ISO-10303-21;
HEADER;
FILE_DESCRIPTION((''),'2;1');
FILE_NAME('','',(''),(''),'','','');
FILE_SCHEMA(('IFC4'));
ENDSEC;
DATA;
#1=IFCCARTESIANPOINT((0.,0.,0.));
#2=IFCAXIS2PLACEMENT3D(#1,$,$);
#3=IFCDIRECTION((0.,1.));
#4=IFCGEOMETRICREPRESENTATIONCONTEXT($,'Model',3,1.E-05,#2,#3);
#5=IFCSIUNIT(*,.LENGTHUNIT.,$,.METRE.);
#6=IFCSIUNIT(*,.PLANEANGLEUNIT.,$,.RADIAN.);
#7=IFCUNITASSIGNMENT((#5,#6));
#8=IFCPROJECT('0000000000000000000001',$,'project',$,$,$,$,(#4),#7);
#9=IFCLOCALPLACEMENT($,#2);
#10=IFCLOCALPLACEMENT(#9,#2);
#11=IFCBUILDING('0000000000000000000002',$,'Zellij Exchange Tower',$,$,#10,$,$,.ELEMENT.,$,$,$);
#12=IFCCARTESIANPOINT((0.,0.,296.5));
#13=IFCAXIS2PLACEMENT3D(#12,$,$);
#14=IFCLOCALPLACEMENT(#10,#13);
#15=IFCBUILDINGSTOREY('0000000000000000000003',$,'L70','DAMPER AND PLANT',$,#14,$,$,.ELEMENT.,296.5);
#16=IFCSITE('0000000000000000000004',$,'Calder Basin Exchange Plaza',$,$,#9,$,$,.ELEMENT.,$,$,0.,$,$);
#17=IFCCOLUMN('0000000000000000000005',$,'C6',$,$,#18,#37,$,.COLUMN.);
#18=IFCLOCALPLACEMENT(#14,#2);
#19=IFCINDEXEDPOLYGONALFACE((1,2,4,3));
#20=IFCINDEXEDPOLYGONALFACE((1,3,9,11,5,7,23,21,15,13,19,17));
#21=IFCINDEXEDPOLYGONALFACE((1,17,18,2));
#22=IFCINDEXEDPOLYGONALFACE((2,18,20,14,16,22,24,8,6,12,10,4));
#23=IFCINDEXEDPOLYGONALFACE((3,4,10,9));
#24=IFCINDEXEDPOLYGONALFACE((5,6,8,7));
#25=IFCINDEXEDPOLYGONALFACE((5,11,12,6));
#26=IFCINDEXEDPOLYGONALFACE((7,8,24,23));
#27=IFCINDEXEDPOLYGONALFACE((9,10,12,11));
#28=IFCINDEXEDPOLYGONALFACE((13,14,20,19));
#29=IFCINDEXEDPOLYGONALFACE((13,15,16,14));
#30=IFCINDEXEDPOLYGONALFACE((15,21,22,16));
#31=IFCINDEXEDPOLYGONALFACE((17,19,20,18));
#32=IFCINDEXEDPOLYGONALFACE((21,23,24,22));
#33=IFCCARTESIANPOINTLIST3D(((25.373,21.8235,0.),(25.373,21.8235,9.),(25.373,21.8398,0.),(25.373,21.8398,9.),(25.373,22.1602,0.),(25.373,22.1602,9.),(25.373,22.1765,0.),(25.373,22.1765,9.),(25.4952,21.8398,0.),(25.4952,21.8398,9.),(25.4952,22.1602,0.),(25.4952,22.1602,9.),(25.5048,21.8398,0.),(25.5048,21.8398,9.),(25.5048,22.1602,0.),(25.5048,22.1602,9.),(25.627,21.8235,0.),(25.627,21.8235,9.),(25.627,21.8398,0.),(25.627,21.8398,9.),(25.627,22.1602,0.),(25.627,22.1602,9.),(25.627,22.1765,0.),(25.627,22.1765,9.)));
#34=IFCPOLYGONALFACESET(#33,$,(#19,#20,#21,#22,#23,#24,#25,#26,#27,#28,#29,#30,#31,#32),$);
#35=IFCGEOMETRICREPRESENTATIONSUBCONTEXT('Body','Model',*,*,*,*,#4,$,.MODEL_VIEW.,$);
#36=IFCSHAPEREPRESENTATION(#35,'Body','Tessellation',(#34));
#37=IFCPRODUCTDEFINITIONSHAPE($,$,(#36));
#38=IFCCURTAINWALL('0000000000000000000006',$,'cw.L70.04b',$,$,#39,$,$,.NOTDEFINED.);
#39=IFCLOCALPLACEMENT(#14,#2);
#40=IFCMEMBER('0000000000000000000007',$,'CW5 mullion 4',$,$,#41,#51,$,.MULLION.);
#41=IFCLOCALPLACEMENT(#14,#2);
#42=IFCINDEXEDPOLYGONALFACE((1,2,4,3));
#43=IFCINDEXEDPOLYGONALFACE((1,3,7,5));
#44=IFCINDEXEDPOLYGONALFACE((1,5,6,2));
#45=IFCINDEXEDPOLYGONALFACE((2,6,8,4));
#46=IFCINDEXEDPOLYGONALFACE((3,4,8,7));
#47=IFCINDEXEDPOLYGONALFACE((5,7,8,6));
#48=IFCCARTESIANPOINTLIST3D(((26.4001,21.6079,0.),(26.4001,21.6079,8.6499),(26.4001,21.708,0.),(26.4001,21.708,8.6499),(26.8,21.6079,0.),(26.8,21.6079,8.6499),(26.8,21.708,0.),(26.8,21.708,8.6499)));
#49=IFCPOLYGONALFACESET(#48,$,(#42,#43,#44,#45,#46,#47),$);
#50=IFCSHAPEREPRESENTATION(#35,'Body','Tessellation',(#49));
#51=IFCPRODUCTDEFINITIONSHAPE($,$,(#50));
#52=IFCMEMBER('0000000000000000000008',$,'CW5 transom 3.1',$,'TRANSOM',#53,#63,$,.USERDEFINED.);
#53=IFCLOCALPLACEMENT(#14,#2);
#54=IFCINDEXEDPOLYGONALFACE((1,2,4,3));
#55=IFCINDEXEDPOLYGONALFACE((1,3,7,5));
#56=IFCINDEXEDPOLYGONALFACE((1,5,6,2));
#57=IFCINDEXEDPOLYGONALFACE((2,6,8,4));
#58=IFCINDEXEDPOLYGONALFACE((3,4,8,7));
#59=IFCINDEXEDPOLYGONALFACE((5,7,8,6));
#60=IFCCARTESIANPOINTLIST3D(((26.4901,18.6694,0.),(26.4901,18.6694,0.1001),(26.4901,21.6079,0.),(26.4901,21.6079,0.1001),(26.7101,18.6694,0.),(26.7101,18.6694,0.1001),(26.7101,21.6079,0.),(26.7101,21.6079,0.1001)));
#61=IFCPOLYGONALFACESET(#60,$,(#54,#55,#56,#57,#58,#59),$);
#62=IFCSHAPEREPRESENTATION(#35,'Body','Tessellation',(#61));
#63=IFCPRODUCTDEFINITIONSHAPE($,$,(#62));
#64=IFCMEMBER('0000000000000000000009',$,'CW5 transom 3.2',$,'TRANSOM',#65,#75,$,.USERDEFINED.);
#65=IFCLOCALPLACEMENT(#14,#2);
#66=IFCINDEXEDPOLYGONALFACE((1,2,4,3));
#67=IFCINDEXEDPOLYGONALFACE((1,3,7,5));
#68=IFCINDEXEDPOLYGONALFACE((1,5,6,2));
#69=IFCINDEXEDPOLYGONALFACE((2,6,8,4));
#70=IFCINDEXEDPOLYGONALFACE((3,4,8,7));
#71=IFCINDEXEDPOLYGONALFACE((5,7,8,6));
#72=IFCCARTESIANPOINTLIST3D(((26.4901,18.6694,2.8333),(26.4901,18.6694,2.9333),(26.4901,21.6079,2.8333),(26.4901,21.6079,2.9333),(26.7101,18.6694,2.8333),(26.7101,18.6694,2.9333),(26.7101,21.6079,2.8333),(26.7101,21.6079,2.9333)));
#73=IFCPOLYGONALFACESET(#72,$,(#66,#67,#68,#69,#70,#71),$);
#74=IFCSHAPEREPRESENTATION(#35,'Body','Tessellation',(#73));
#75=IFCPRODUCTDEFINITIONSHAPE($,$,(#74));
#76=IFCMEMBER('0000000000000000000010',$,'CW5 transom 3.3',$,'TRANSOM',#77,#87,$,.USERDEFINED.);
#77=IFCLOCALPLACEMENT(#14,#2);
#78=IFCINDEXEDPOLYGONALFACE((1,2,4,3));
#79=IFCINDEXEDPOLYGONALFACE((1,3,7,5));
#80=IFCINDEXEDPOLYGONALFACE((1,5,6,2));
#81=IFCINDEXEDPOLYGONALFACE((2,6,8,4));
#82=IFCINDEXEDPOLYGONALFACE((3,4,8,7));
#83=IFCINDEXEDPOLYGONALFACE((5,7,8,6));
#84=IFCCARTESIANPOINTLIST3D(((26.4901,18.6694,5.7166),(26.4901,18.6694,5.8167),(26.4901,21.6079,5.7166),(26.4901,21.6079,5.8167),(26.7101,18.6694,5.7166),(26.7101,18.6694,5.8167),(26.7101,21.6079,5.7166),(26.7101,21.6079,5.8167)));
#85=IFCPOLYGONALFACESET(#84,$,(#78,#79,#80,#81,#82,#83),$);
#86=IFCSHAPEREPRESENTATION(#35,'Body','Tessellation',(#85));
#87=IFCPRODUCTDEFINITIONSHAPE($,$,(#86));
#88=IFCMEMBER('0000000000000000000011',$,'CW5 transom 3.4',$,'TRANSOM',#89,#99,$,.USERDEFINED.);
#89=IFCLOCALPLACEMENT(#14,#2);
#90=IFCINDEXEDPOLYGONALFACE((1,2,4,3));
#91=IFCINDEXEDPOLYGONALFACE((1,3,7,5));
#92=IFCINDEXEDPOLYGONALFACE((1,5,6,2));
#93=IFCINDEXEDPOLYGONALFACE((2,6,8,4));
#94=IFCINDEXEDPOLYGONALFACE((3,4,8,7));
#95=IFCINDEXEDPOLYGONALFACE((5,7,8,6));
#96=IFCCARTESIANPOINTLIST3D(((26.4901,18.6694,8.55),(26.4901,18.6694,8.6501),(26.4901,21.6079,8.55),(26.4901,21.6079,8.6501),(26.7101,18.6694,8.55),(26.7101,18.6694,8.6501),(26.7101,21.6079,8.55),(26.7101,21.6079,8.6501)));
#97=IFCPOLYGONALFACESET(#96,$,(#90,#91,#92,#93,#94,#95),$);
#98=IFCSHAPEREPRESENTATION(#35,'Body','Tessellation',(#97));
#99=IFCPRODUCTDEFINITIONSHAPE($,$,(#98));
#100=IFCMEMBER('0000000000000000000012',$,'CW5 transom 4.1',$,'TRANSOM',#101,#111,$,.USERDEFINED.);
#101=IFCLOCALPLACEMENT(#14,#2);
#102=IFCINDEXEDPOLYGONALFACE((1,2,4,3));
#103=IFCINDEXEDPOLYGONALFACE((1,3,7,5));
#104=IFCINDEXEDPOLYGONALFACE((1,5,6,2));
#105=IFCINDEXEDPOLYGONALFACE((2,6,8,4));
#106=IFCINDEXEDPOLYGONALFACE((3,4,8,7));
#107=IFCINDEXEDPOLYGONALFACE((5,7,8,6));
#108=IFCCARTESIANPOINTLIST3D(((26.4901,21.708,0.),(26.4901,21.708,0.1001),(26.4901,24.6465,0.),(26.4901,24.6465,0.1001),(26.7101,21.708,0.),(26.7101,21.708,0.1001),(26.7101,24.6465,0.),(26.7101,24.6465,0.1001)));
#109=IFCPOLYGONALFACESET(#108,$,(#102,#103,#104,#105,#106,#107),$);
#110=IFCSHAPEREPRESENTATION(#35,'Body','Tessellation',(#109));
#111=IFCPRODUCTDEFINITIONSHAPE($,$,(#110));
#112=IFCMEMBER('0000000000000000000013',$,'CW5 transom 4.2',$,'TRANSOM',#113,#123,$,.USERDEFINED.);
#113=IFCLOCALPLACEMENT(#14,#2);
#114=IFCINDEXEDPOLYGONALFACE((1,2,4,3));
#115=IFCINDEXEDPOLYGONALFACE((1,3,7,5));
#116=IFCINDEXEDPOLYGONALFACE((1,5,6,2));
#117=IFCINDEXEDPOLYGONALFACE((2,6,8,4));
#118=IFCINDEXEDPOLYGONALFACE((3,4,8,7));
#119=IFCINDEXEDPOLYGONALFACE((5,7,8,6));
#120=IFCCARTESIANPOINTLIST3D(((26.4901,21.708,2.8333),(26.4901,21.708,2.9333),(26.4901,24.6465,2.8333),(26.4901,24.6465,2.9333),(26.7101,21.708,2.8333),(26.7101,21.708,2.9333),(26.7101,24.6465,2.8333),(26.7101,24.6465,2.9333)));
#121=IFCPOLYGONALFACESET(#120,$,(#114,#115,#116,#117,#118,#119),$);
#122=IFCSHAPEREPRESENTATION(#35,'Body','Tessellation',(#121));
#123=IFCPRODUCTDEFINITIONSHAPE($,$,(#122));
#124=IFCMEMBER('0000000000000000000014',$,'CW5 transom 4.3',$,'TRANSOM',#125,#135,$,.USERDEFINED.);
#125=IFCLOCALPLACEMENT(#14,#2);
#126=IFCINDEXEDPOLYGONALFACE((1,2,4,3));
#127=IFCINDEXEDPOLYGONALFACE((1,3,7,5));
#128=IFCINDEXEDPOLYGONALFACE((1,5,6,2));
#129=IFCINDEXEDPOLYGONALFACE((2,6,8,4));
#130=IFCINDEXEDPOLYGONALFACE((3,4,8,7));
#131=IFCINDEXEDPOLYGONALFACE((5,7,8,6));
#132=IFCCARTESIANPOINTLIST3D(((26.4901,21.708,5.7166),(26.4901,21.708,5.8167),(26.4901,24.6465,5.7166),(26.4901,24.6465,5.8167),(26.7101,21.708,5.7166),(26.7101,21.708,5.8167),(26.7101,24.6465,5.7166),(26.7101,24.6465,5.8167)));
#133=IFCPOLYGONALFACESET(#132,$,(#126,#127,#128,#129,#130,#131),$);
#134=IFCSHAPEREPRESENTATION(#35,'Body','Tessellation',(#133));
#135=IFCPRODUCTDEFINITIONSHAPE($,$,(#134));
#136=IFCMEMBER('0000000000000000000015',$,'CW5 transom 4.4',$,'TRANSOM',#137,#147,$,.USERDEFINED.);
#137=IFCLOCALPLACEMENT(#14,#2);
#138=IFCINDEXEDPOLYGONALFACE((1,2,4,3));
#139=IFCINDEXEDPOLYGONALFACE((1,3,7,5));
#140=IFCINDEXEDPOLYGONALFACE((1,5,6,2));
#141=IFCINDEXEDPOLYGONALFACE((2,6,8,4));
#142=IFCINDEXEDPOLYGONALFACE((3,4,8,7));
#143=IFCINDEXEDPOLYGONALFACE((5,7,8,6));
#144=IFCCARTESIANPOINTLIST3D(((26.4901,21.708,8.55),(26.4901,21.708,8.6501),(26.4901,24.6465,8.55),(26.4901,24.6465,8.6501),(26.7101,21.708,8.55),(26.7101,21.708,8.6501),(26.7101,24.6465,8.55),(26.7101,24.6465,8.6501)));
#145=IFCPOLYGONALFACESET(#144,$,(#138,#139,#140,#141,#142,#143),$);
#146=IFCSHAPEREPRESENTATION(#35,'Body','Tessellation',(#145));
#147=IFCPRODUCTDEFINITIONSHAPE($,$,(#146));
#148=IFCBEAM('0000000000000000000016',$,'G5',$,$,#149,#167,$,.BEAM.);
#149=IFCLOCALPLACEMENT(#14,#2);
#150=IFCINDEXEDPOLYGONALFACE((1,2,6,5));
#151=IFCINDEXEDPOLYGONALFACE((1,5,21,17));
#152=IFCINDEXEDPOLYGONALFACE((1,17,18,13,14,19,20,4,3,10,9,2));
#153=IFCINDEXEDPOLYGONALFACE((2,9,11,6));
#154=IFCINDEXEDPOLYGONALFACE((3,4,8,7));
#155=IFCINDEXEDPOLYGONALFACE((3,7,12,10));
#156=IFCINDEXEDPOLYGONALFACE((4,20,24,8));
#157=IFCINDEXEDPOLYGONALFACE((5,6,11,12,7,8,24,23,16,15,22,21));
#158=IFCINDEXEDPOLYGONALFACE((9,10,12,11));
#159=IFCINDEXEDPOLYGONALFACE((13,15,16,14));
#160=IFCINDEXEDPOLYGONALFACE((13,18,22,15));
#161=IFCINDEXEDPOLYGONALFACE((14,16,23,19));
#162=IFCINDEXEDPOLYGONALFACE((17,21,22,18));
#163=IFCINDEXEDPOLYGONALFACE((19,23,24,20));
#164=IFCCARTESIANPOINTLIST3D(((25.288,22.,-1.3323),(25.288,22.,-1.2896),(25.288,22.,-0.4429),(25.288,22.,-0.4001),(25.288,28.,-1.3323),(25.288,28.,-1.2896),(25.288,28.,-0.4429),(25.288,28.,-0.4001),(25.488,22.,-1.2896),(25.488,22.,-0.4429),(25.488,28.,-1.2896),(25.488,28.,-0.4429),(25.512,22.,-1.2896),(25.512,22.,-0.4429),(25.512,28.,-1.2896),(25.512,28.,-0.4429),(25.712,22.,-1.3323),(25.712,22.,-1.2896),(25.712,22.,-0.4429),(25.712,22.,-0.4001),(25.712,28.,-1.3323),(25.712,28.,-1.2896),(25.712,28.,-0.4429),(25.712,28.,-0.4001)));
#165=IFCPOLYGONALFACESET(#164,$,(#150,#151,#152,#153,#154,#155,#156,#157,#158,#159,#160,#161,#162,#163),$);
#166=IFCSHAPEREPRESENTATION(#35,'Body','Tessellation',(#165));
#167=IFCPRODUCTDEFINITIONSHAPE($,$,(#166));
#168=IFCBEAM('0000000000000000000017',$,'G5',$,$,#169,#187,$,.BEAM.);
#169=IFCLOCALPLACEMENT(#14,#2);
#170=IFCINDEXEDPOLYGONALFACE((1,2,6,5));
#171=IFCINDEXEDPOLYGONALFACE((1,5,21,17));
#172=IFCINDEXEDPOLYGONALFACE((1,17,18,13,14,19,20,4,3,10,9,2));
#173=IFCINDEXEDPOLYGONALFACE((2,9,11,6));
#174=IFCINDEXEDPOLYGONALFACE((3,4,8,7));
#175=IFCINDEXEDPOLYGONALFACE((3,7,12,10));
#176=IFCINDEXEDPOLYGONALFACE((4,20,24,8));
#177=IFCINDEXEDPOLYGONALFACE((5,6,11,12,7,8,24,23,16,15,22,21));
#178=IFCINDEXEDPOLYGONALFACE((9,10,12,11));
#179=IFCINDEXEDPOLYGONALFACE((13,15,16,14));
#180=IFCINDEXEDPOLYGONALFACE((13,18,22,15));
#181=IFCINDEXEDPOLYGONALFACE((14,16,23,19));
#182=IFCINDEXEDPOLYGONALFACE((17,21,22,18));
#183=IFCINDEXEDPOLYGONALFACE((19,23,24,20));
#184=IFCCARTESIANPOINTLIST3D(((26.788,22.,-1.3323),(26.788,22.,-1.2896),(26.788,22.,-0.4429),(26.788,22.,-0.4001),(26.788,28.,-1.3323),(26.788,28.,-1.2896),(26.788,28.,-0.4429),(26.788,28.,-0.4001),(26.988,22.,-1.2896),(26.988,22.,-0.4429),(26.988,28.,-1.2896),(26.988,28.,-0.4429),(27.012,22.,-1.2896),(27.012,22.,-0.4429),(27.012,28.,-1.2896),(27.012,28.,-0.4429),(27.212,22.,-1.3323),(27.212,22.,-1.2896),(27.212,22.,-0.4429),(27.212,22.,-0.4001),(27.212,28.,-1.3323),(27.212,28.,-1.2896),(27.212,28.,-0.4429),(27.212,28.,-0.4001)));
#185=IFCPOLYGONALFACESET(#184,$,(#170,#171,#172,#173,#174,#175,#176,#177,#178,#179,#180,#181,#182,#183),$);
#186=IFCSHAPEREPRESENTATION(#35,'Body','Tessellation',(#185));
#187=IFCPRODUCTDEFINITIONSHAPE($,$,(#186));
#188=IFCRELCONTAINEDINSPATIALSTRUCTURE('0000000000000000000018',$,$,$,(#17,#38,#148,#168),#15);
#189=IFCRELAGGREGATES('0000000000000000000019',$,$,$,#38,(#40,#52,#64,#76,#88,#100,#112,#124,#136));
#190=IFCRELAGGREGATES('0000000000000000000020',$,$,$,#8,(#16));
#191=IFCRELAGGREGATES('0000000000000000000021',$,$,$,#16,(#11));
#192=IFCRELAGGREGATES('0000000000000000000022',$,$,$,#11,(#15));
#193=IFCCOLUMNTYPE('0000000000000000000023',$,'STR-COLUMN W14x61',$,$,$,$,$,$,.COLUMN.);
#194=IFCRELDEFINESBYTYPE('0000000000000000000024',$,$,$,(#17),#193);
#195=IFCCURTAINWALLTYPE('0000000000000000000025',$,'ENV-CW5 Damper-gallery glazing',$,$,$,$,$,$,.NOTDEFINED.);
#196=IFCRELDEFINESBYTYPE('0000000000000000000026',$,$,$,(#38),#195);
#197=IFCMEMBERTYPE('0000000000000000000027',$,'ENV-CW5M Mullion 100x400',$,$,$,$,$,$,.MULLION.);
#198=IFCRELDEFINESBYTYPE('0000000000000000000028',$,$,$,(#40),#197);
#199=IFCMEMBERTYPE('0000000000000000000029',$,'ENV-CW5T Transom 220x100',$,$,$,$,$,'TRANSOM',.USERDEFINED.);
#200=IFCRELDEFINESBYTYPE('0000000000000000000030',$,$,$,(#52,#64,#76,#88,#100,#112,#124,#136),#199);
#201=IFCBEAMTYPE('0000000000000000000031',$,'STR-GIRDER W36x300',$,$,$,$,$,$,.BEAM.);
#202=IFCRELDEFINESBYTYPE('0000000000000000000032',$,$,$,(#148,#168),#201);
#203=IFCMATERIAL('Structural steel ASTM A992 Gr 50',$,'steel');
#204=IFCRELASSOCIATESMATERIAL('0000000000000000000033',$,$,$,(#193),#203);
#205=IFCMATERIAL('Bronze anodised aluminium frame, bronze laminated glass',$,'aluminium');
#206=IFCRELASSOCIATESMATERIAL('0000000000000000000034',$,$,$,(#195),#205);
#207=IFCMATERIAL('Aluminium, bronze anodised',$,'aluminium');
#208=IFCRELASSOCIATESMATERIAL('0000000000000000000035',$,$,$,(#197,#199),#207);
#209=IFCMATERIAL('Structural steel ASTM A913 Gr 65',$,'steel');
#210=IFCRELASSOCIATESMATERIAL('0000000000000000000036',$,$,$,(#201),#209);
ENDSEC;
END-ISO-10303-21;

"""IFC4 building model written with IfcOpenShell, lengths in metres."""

from ifc_helpers import new_model, si_unit, direction, frame, origin, origin_2d, place, context, subcontext, project, spatial, rectangle, i_section, extrude, material, material_profile, profile_set, type_object, element, aggregate, save


model = new_model("IFC4")

# Units and contexts
model_context = context("Model", 3, precision=1e-05, world=origin(), true_north=direction((0.0, 1.0)))
body_context = subcontext(model_context, "Body", "Model", "MODEL_VIEW")
ifc_project = project(units=[si_unit("LENGTHUNIT", "METRE"), si_unit("PLANEANGLEUNIT", "RADIAN")], contexts=[model_context])

# Site, building, storey
site_placement = place(None, origin())
site = spatial("IfcSite", under=ifc_project, at=site_placement, Name="Calder Basin Exchange Plaza", CompositionType="ELEMENT", RefElevation=0.0)
building_placement = place(site_placement, origin())
building = spatial("IfcBuilding", under=site, at=building_placement, Name="Zellij Exchange Tower", CompositionType="ELEMENT")
storey_placement = place(building_placement, frame((0.0, 0.0, 296.5)))
storey = spatial("IfcBuildingStorey", under=building, at=storey_placement, Name="L70", Description="DAMPER AND PLANT", CompositionType="ELEMENT", Elevation=296.5)

# Column
ifc_material_1 = material(Name="Structural steel ASTM A992 Gr 50", Category="steel")
ifc_material_profile_1 = material_profile(ifc_material_1, i_section(OverallWidth=0.2539, OverallDepth=0.353, WebThickness=0.0095, FlangeThickness=0.0164, at=origin_2d()), Name="W14x61")
ifc_profile_set_1 = profile_set([ifc_material_profile_1], Name="Structural steel ASTM A992 Gr 50")
column_type = type_object("IfcColumnType", Name="STR-COLUMN W14x61", PredefinedType="COLUMN", material=ifc_profile_set_1)
column_placement = place(storey_placement, frame((25.5, 22.0, 0.0), z_axis=(0.0, 0.0, 1.0), x_axis=(1.0, 0.0, 0.0)))
element("IfcColumn", 1, at=column_placement, inside=storey, type_object=column_type, Name="C6", PredefinedType="COLUMN", context=body_context, shape_type="SweptSolid", body=[
    extrude(i_section(OverallWidth=0.2539, OverallDepth=0.353, WebThickness=0.0095, FlangeThickness=0.0164, at=origin_2d()), origin(), (0.0, 0.0, 1.0), 9.0),
])

# Curtain wall, members
ifc_material_2 = material(Name="Bronze anodised aluminium frame, bronze laminated glass", Category="aluminium")
curtain_wall_type = type_object("IfcCurtainWallType", Name="ENV-CW5 Damper-gallery glazing", PredefinedType="NOTDEFINED", material=ifc_material_2)
curtain_wall_placement = place(storey_placement, origin())
curtain_wall = element("IfcCurtainWall", 2, at=curtain_wall_placement, inside=storey, type_object=curtain_wall_type, Name="cw.L70.04b", PredefinedType="NOTDEFINED")
ifc_material_3 = material(Name="Aluminium, bronze anodised", Category="aluminium")
ifc_material_profile_2 = material_profile(ifc_material_3, rectangle(XDim=0.1001, YDim=0.3999, at=origin_2d()), Name="AL 100x400")
ifc_profile_set_2 = profile_set([ifc_material_profile_2], Name="Aluminium, bronze anodised")
member_type_1 = type_object("IfcMemberType", Name="ENV-CW5M Mullion 100x400", PredefinedType="MULLION", material=ifc_profile_set_2)
member_1_placement = place(storey_placement, frame((26.6001, 21.658, 0.0), z_axis=(0.0, 0.0, 1.0), x_axis=(0.0, 1.0, 0.0)))
member_1 = element("IfcMember", 3, at=member_1_placement, type_object=member_type_1, Name="CW5 mullion 4", PredefinedType="MULLION", context=body_context, shape_type="SweptSolid", body=[
    extrude(rectangle(XDim=0.1001, YDim=0.3999, at=origin_2d()), origin(), (0.0, 0.0, 1.0), 8.6499),
])
ifc_material_profile_3 = material_profile(ifc_material_3, rectangle(XDim=0.22, YDim=0.1001, at=origin_2d()), Name="AL 220x100")
ifc_profile_set_3 = profile_set([ifc_material_profile_3], Name="Aluminium, bronze anodised")
member_type_2 = type_object("IfcMemberType", Name="ENV-CW5T Transom 220x100", ElementType="TRANSOM", PredefinedType="USERDEFINED", material=ifc_profile_set_3)
member_2_placement = place(storey_placement, frame((26.6001, 18.6694, 0.05), z_axis=(0.0, 1.0, 0.0), x_axis=(-1.0, 0.0, 0.0)))
member_2 = element("IfcMember", 4, at=member_2_placement, type_object=member_type_2, Name="CW5 transom 3.1", ObjectType="TRANSOM", PredefinedType="USERDEFINED", context=body_context, shape_type="SweptSolid", body=[
    extrude(rectangle(XDim=0.22, YDim=0.1001, at=origin_2d()), origin(), (0.0, 0.0, 1.0), 2.9385),
])
member_3_placement = place(storey_placement, frame((26.6001, 18.6694, 2.8833), z_axis=(0.0, 1.0, 0.0), x_axis=(-1.0, 0.0, 0.0)))
member_3 = element("IfcMember", 5, at=member_3_placement, type_object=member_type_2, Name="CW5 transom 3.2", ObjectType="TRANSOM", PredefinedType="USERDEFINED", context=body_context, shape_type="SweptSolid", body=[
    extrude(rectangle(XDim=0.22, YDim=0.1001, at=origin_2d()), origin(), (0.0, 0.0, 1.0), 2.9385),
])
member_4_placement = place(storey_placement, frame((26.6001, 18.6694, 5.7666), z_axis=(0.0, 1.0, 0.0), x_axis=(-1.0, 0.0, 0.0)))
member_4 = element("IfcMember", 6, at=member_4_placement, type_object=member_type_2, Name="CW5 transom 3.3", ObjectType="TRANSOM", PredefinedType="USERDEFINED", context=body_context, shape_type="SweptSolid", body=[
    extrude(rectangle(XDim=0.22, YDim=0.1001, at=origin_2d()), origin(), (0.0, 0.0, 1.0), 2.9385),
])
member_5_placement = place(storey_placement, frame((26.6001, 18.6694, 8.6001), z_axis=(0.0, 1.0, 0.0), x_axis=(-1.0, 0.0, 0.0)))
member_5 = element("IfcMember", 7, at=member_5_placement, type_object=member_type_2, Name="CW5 transom 3.4", ObjectType="TRANSOM", PredefinedType="USERDEFINED", context=body_context, shape_type="SweptSolid", body=[
    extrude(rectangle(XDim=0.22, YDim=0.1001, at=origin_2d()), origin(), (0.0, 0.0, 1.0), 2.9385),
])
member_6_placement = place(storey_placement, frame((26.6001, 21.708, 0.05), z_axis=(0.0, 1.0, 0.0), x_axis=(-1.0, 0.0, 0.0)))
member_6 = element("IfcMember", 8, at=member_6_placement, type_object=member_type_2, Name="CW5 transom 4.1", ObjectType="TRANSOM", PredefinedType="USERDEFINED", context=body_context, shape_type="SweptSolid", body=[
    extrude(rectangle(XDim=0.22, YDim=0.1001, at=origin_2d()), origin(), (0.0, 0.0, 1.0), 2.9385),
])
member_7_placement = place(storey_placement, frame((26.6001, 21.708, 2.8833), z_axis=(0.0, 1.0, 0.0), x_axis=(-1.0, 0.0, 0.0)))
member_7 = element("IfcMember", 9, at=member_7_placement, type_object=member_type_2, Name="CW5 transom 4.2", ObjectType="TRANSOM", PredefinedType="USERDEFINED", context=body_context, shape_type="SweptSolid", body=[
    extrude(rectangle(XDim=0.22, YDim=0.1001, at=origin_2d()), origin(), (0.0, 0.0, 1.0), 2.9385),
])
member_8_placement = place(storey_placement, frame((26.6001, 21.708, 5.7666), z_axis=(0.0, 1.0, 0.0), x_axis=(-1.0, 0.0, 0.0)))
member_8 = element("IfcMember", 10, at=member_8_placement, type_object=member_type_2, Name="CW5 transom 4.3", ObjectType="TRANSOM", PredefinedType="USERDEFINED", context=body_context, shape_type="SweptSolid", body=[
    extrude(rectangle(XDim=0.22, YDim=0.1001, at=origin_2d()), origin(), (0.0, 0.0, 1.0), 2.9385),
])
member_9_placement = place(storey_placement, frame((26.6001, 21.708, 8.6001), z_axis=(0.0, 1.0, 0.0), x_axis=(-1.0, 0.0, 0.0)))
member_9 = element("IfcMember", 11, at=member_9_placement, type_object=member_type_2, Name="CW5 transom 4.4", ObjectType="TRANSOM", PredefinedType="USERDEFINED", context=body_context, shape_type="SweptSolid", body=[
    extrude(rectangle(XDim=0.22, YDim=0.1001, at=origin_2d()), origin(), (0.0, 0.0, 1.0), 2.9385),
])

# Beams
ifc_material_4 = material(Name="Structural steel ASTM A913 Gr 65", Category="steel")
ifc_material_profile_4 = material_profile(ifc_material_4, i_section(OverallWidth=0.4241, OverallDepth=0.9321, WebThickness=0.0239, FlangeThickness=0.0427, at=origin_2d()), Name="W36x300")
ifc_profile_set_4 = profile_set([ifc_material_profile_4], Name="Structural steel ASTM A913 Gr 65")
beam_type_1 = type_object("IfcBeamType", Name="STR-GIRDER W36x300", PredefinedType="BEAM", material=ifc_profile_set_4)
for number, where, z_axis, x_axis, name in (
    (12, (25.5, 22.0, -0.8662), (0.0, 1.0, 0.0), (-1.0, 0.0, 0.0), "G5"),
    (13, (27.0, 22.0, -0.8662), (0.0, 1.0, 0.0), (-1.0, 0.0, 0.0), "G5"),
):
    element("IfcBeam", number, at=place(storey_placement, frame(where, z_axis=z_axis, x_axis=x_axis)), inside=storey, type_object=beam_type_1, Name=name, PredefinedType="BEAM", context=body_context, shape_type="SweptSolid", body=[
        extrude(i_section(OverallWidth=0.4241, OverallDepth=0.9321, WebThickness=0.0239, FlangeThickness=0.0427, at=origin_2d()), origin(), (0.0, 0.0, 1.0), 6.0),
    ])

aggregate(curtain_wall, [member_1, member_2, member_3, member_4, member_5, member_6, member_7, member_8, member_9])

save(model, "model.ifc")
